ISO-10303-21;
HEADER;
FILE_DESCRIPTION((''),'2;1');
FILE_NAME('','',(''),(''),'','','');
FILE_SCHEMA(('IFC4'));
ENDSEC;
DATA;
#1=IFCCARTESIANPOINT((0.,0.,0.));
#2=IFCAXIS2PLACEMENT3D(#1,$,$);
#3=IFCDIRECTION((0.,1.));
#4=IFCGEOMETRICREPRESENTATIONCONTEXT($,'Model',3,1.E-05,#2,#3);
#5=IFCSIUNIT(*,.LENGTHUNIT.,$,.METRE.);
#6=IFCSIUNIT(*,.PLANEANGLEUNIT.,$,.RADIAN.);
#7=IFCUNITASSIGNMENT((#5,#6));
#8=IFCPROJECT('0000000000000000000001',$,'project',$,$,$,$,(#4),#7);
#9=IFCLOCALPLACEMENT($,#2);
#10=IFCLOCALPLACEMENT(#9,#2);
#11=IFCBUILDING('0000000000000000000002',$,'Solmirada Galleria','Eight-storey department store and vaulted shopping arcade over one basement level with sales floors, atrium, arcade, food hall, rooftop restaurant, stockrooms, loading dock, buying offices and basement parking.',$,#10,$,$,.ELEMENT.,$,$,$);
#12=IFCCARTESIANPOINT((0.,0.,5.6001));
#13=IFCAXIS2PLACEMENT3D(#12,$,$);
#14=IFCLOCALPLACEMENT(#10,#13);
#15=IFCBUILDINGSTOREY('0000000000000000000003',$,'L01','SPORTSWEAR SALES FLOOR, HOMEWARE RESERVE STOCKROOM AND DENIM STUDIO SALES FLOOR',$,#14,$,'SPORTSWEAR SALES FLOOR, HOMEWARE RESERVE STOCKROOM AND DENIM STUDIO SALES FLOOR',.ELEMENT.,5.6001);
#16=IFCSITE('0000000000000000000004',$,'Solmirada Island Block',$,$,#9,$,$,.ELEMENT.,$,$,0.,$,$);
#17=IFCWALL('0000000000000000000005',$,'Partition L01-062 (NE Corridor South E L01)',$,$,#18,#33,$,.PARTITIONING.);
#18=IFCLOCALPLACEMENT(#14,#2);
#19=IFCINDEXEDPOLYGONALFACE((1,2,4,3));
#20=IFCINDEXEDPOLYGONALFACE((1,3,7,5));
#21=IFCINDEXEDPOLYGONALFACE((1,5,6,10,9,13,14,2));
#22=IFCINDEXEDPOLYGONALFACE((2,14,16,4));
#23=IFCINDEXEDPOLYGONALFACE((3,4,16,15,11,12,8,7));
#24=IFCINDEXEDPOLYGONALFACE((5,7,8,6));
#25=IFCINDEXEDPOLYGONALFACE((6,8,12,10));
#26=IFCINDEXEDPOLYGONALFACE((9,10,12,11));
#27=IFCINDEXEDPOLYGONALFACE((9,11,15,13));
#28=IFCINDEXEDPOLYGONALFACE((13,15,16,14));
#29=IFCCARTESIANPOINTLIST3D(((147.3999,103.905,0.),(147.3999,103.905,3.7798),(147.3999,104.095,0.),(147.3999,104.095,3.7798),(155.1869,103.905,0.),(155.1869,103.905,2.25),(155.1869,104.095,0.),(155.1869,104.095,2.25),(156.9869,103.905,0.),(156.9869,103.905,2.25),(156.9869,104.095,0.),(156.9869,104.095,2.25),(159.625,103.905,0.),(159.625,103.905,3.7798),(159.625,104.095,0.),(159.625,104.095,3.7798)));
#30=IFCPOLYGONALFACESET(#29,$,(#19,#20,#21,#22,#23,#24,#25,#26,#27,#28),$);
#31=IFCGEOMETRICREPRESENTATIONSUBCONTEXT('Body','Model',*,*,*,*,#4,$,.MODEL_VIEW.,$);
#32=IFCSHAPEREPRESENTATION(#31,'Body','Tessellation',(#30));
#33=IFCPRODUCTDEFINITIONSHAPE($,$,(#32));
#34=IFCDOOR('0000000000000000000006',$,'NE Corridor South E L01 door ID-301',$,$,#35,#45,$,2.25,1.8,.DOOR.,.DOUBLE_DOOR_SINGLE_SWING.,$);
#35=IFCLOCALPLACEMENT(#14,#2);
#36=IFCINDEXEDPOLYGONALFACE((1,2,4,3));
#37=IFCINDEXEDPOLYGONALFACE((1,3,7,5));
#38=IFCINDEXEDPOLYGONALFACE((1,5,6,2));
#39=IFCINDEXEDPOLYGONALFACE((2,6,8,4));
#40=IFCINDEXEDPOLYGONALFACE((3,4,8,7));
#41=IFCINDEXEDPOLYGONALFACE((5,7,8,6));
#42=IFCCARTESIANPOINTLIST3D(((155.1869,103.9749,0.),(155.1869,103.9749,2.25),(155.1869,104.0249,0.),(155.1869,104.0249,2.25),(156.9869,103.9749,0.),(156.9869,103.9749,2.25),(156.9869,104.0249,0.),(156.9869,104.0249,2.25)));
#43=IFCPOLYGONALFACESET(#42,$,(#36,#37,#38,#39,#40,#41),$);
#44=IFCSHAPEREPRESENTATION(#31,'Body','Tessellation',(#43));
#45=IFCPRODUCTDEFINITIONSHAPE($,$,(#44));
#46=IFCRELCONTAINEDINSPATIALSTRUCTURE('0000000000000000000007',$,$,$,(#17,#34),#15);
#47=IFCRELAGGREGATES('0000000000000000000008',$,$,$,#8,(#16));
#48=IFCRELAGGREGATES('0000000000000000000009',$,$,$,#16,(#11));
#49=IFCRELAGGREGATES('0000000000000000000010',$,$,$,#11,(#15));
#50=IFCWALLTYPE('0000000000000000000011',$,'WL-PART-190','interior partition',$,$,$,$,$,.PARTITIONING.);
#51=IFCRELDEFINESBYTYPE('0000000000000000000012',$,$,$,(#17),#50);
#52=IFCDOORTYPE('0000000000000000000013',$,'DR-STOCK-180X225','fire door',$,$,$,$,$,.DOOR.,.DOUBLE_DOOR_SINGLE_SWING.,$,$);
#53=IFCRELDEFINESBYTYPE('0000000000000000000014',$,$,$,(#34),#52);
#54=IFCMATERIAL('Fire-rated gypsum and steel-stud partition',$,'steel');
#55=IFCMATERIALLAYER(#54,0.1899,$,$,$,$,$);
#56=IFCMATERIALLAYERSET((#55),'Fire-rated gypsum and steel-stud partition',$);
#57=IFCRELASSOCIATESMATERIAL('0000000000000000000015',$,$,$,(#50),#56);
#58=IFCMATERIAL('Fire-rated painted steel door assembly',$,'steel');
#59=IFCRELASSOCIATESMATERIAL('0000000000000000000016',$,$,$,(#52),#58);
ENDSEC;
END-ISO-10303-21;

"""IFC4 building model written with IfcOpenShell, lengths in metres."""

from ifc_helpers import new_model, si_unit, direction, frame, frame_2d, origin, place, context, subcontext, project, spatial, rectangle, extrude, material, layer, layer_set, type_object, element, fill, save


model = new_model("IFC4")

# Units and contexts
model_context = context("Model", 3, precision=1e-05, world=origin(), true_north=direction((0.0, 1.0)))
body_context = subcontext(model_context, "Body", "Model", "MODEL_VIEW")
ifc_project = project(units=[si_unit("LENGTHUNIT", "METRE"), si_unit("PLANEANGLEUNIT", "RADIAN")], contexts=[model_context])

# Site, building, storey
site_placement = place(None, origin())
site = spatial("IfcSite", under=ifc_project, at=site_placement, Name="Solmirada Island Block", CompositionType="ELEMENT", RefElevation=0.0)
building_placement = place(site_placement, origin())
building = spatial("IfcBuilding", under=site, at=building_placement, Name="Solmirada Galleria", Description="Eight-storey department store and vaulted shopping arcade over one basement level with sales floors, atrium, arcade, food hall, rooftop restaurant, stockrooms, loading dock, buying offices and basement parking.", CompositionType="ELEMENT")
storey_placement = place(building_placement, frame((0.0, 0.0, 5.6001)))
storey = spatial("IfcBuildingStorey", under=building, at=storey_placement, Name="L01", Description="SPORTSWEAR SALES FLOOR, HOMEWARE RESERVE STOCKROOM AND DENIM STUDIO SALES FLOOR", LongName="SPORTSWEAR SALES FLOOR, HOMEWARE RESERVE STOCKROOM AND DENIM STUDIO SALES FLOOR", CompositionType="ELEMENT", Elevation=5.6001)

# Shared definitions
ifc_material_1 = material(Name="Fire-rated painted steel door assembly", Category="steel")

# Shared definitions
ifc_material_2 = material(Name="Fire-rated gypsum and steel-stud partition", Category="steel")
ifc_layer_1 = layer(ifc_material_2, 0.1899)
ifc_layer_set_1 = layer_set([ifc_layer_1], Name="Fire-rated gypsum and steel-stud partition")
wall_type_1 = type_object("IfcWallType", Name="WL-PART-190", Description="interior partition", PredefinedType="PARTITIONING", material=ifc_layer_set_1)

# Wall, opening, door
wall_1_placement = place(storey_placement, frame((147.3999, 104.0, 0.0), z_axis=(0.0, 0.0, 1.0), x_axis=(1.0, 0.0, 0.0)))
wall_1 = element("IfcWall", 1, at=wall_1_placement, inside=storey, type_object=wall_type_1, Name="Partition L01-062 (NE Corridor South E L01)", PredefinedType="PARTITIONING", context=body_context, shape_type="SweptSolid", body=[
    extrude(rectangle(XDim=12.2251, YDim=0.1899, at=frame_2d((6.1125, 0.0))), origin(), (0.0, 0.0, 1.0), 3.7798),
])
opening_1_placement = place(wall_1_placement, frame((7.7871, 0.0, 0.0)))
opening_1 = element("IfcOpeningElement", 2, at=opening_1_placement, cuts=wall_1, PredefinedType="OPENING", context=body_context, shape_type="SweptSolid", body=[
    extrude(rectangle(XDim=1.8, YDim=2.25, at=frame_2d((0.8999, 1.125))), frame((0.0, 0.105, 0.0), z_axis=(0.0, -1.0, 0.0), x_axis=(1.0, 0.0, 0.0)), (0.0, 0.0, 1.0), 0.21),
])
door_type_1 = type_object("IfcDoorType", Name="DR-STOCK-180X225", Description="fire door", OperationType="DOUBLE_DOOR_SINGLE_SWING", PredefinedType="DOOR", material=ifc_material_1)
door_1_placement = place(opening_1_placement, origin())
door_1 = element("IfcDoor", 3, at=door_1_placement, inside=storey, type_object=door_type_1, Name="NE Corridor South E L01 door ID-301", OperationType="DOUBLE_DOOR_SINGLE_SWING", OverallHeight=2.25, OverallWidth=1.8, PredefinedType="DOOR", context=body_context, shape_type="SweptSolid", body=[
    extrude(rectangle(XDim=1.8, YDim=2.25, at=frame_2d((0.8999, 1.125))), frame((0.0, 0.0249, 0.0), z_axis=(0.0, -1.0, 0.0), x_axis=(1.0, 0.0, 0.0)), (0.0, 0.0, 1.0), 0.05),
])
fill(opening_1, door_1)

save(model, "model.ifc")
